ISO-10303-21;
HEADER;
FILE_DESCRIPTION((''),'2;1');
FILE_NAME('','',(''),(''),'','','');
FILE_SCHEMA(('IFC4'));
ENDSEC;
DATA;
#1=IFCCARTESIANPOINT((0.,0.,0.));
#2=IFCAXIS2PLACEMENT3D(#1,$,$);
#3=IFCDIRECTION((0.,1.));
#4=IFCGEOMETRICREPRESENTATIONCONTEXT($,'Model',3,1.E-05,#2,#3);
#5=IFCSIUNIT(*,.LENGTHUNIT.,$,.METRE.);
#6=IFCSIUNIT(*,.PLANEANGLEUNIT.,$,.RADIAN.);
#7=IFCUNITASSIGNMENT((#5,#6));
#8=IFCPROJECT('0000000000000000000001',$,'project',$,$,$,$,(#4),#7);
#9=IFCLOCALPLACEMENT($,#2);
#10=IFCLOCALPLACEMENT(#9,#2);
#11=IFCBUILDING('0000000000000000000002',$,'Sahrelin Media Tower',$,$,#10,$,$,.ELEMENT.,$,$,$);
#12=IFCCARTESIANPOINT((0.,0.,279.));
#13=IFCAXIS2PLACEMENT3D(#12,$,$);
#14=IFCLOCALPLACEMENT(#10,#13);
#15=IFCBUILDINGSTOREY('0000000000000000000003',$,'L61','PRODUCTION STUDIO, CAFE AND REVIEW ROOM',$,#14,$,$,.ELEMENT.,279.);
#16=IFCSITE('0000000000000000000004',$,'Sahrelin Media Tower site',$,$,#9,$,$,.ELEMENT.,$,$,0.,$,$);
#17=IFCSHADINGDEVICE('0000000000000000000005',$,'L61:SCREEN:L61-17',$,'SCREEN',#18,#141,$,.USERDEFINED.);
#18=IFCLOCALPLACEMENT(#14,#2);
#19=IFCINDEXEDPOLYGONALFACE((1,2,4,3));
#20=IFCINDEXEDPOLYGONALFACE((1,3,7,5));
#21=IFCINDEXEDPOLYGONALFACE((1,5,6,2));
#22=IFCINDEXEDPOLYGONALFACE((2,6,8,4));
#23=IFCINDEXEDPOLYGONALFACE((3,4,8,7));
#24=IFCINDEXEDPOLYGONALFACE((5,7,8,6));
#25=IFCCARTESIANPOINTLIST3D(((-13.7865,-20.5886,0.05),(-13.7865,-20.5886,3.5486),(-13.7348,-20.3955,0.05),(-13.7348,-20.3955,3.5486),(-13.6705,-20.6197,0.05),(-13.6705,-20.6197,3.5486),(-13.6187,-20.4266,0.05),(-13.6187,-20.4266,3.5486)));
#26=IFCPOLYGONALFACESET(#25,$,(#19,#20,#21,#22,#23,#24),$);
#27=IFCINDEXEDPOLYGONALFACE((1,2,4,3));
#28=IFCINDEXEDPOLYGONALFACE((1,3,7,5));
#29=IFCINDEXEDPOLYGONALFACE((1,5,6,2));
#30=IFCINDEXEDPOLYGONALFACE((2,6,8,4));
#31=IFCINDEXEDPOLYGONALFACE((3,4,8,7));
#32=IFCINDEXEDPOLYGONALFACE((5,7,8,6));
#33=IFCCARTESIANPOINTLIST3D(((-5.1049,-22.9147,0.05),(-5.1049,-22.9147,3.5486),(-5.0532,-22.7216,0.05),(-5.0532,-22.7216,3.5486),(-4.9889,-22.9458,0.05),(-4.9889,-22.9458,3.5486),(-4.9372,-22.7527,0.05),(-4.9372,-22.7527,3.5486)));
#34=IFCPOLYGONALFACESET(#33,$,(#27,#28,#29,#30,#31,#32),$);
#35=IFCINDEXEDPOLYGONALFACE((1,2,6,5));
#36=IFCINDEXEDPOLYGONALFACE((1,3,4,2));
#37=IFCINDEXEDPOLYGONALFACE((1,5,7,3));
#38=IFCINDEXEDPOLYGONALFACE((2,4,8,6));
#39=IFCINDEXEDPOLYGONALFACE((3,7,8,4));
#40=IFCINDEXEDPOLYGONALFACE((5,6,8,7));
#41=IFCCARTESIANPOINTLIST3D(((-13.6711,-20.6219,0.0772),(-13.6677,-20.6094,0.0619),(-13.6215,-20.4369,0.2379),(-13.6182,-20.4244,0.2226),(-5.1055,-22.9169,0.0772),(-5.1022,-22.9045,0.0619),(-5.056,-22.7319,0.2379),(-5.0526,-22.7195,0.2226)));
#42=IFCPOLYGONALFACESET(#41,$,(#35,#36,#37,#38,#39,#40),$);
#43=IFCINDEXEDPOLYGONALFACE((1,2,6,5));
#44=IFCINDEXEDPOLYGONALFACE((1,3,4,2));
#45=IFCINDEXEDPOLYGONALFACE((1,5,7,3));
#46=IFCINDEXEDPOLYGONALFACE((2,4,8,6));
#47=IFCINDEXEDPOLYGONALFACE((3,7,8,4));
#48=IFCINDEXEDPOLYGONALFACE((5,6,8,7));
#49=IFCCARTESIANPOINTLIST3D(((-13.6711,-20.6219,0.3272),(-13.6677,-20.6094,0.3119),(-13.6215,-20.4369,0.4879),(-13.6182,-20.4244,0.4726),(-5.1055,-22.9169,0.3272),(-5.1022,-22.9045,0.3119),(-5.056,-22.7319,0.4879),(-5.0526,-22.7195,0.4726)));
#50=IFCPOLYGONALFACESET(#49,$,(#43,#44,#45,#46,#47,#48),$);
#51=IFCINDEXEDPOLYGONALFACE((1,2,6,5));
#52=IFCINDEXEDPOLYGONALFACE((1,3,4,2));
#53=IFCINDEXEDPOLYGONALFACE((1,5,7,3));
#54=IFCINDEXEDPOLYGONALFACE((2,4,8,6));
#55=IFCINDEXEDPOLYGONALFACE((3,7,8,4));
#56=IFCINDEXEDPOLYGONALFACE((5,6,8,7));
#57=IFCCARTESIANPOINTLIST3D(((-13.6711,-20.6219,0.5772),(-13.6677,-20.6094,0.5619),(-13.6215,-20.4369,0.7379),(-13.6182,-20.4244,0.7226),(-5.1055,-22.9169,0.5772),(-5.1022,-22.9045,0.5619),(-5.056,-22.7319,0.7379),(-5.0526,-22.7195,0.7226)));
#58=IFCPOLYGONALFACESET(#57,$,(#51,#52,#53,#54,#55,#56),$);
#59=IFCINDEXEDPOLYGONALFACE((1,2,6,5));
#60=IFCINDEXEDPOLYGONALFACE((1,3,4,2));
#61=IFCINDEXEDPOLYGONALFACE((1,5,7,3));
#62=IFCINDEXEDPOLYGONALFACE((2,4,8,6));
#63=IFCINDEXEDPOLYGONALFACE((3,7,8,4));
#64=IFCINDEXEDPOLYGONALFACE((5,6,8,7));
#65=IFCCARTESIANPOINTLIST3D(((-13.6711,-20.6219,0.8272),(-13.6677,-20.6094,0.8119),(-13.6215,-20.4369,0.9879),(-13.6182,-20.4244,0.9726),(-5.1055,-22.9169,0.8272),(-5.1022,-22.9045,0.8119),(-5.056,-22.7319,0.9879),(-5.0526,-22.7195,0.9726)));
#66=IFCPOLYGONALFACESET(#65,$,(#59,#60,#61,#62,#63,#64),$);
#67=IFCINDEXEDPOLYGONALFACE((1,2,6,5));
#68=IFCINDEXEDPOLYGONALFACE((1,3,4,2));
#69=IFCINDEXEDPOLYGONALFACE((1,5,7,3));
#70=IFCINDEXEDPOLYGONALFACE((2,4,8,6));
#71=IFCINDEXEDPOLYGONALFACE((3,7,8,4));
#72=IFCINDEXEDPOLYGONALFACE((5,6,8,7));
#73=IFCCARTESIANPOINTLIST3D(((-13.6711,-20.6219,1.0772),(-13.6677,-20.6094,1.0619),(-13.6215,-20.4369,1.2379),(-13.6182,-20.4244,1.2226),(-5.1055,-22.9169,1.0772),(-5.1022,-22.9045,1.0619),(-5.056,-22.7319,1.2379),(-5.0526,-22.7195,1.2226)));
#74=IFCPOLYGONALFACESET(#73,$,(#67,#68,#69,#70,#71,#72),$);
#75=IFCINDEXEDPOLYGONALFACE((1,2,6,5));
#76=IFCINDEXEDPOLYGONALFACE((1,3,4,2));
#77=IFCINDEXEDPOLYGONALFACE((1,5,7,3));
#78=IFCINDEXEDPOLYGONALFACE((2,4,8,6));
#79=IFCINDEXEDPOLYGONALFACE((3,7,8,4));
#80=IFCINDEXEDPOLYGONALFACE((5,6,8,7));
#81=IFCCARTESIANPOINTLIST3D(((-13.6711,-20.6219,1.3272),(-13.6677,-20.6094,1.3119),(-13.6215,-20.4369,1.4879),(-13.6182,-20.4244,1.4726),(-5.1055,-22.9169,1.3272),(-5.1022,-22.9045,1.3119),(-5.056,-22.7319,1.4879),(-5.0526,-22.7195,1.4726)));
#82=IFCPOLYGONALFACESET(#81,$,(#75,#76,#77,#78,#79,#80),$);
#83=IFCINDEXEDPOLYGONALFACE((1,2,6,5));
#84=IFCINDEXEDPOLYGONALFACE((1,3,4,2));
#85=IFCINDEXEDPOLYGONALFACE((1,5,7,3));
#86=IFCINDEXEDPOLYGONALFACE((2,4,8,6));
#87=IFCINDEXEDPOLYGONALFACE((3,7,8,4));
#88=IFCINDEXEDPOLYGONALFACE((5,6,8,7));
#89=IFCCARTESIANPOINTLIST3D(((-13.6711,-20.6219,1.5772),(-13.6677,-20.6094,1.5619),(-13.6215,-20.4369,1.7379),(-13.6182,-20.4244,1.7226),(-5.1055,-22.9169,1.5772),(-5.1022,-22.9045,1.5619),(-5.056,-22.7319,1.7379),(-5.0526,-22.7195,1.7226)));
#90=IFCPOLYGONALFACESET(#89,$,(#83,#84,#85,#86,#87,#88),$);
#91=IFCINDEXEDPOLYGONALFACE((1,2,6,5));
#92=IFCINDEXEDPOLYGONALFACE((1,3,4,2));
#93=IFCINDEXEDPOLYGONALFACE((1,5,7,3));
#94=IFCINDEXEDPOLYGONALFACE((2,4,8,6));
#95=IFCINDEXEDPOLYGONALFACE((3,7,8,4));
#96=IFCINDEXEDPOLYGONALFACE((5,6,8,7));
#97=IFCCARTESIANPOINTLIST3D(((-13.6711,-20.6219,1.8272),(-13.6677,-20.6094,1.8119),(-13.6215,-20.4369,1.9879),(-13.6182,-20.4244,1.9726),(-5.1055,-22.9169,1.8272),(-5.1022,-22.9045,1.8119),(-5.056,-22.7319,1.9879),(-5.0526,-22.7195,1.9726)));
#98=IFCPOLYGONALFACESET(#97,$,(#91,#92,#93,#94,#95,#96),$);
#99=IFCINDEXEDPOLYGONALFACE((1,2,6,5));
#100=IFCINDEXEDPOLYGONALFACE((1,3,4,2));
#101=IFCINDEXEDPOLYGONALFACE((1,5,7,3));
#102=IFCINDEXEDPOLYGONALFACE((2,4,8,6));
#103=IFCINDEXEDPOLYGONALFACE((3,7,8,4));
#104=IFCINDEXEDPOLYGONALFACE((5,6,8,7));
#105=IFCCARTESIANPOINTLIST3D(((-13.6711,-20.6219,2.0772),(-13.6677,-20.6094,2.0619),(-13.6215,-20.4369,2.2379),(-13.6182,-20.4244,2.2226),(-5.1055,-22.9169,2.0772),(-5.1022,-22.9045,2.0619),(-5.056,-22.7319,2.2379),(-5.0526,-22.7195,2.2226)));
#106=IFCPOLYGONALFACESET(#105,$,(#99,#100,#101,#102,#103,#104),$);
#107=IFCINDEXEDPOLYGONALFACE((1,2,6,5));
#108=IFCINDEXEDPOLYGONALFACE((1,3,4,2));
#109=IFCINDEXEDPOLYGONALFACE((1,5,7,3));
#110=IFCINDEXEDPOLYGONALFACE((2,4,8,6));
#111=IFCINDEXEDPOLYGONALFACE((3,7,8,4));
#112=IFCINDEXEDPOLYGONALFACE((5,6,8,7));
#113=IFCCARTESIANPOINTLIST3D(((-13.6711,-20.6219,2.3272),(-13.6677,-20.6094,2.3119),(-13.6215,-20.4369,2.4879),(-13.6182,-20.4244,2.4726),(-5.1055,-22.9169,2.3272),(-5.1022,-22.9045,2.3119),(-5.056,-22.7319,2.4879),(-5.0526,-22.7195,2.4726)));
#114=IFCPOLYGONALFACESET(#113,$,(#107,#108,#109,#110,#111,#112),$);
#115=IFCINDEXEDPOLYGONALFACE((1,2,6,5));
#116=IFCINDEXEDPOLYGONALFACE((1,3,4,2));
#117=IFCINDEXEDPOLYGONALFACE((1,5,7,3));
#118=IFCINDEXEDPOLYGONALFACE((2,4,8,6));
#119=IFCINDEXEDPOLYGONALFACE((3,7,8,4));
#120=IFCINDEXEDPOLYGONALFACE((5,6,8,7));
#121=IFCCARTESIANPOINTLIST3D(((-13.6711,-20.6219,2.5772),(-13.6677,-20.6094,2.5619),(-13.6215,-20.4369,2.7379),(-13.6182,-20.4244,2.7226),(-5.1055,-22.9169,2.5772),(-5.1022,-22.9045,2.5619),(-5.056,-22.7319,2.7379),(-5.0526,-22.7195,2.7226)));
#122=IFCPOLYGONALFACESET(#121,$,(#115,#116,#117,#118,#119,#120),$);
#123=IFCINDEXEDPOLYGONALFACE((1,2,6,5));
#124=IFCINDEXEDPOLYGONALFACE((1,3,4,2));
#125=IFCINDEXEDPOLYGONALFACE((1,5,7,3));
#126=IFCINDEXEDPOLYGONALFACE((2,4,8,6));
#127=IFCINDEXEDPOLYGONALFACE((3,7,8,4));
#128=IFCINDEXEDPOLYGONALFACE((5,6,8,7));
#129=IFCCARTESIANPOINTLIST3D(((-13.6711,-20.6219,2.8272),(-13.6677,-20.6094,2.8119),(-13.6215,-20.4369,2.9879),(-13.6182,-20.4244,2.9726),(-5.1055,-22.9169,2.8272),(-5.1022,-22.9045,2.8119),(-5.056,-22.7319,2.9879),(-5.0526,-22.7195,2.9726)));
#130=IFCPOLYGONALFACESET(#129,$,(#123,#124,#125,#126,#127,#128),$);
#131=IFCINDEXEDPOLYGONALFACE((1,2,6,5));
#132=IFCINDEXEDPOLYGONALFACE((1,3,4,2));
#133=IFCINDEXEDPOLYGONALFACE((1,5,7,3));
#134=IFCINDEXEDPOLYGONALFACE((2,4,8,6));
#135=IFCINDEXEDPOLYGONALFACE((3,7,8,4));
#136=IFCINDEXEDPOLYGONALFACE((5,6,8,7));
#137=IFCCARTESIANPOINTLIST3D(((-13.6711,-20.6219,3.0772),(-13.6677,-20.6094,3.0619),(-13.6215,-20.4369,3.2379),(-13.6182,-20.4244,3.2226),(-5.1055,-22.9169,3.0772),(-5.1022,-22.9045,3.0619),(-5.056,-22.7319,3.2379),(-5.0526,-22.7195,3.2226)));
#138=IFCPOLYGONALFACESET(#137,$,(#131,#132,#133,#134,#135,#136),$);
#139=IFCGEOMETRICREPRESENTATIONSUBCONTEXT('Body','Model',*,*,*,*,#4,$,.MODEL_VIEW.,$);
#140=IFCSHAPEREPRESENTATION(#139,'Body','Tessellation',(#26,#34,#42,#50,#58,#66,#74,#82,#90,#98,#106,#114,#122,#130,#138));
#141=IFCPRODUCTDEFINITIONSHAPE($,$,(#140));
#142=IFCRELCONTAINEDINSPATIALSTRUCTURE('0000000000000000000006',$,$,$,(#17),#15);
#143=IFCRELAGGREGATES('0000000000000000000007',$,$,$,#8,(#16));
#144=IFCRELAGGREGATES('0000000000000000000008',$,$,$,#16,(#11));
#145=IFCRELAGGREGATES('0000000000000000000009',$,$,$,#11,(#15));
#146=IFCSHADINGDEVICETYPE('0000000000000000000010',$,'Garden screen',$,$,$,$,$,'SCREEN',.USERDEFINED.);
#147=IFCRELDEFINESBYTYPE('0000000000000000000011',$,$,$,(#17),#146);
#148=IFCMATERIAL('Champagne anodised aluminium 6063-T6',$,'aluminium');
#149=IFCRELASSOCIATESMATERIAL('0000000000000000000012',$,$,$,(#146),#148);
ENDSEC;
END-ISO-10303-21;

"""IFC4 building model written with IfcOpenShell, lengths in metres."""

from ifc_helpers import new_model, si_unit, direction, frame, origin, origin_2d, place, context, subcontext, project, spatial, rectangle, extrude, material, type_object, element, save


model = new_model("IFC4")

# Units and contexts
model_context = context("Model", 3, precision=1e-05, world=origin(), true_north=direction((0.0, 1.0)))
body_context = subcontext(model_context, "Body", "Model", "MODEL_VIEW")
ifc_project = project(units=[si_unit("LENGTHUNIT", "METRE"), si_unit("PLANEANGLEUNIT", "RADIAN")], contexts=[model_context])

# Site, building, storey
site_placement = place(None, origin())
site = spatial("IfcSite", under=ifc_project, at=site_placement, Name="Sahrelin Media Tower site", CompositionType="ELEMENT", RefElevation=0.0)
building_placement = place(site_placement, origin())
building = spatial("IfcBuilding", under=site, at=building_placement, Name="Sahrelin Media Tower", CompositionType="ELEMENT")
storey_placement = place(building_placement, frame((0.0, 0.0, 279.0)))
storey = spatial("IfcBuildingStorey", under=building, at=storey_placement, Name="L61", Description="PRODUCTION STUDIO, CAFE AND REVIEW ROOM", CompositionType="ELEMENT", Elevation=279.0)

# Shading device
ifc_material_1 = material(Name="Champagne anodised aluminium 6063-T6", Category="aluminium")
shading_device_type = type_object("IfcShadingDeviceType", Name="Garden screen", ElementType="SCREEN", PredefinedType="USERDEFINED", material=ifc_material_1)
shading_device_1_placement = place(storey_placement, frame((-9.3359, -21.574, 0.0), z_axis=(0.0, 0.0, 1.0), x_axis=(-0.965929, 0.258808, 0.0)))
element("IfcShadingDevice", 1, at=shading_device_1_placement, inside=storey, type_object=shading_device_type, Name="L61:SCREEN:L61-17", ObjectType="SCREEN", PredefinedType="USERDEFINED", context=body_context, shape_type="SweptSolid", body=[
    extrude(rectangle(XDim=0.1201, YDim=0.2, at=origin_2d()), frame((4.4939, 0.1001, 0.05), z_axis=(0.0, 0.0, 1.0), x_axis=(1.0, 0.0, 0.0)), (0.0, 0.0, 1.0), 3.4985),
    extrude(rectangle(XDim=0.1201, YDim=0.2, at=origin_2d()), frame((-4.4939, 0.1001, 0.05), z_axis=(0.0, 0.0, 1.0), x_axis=(1.0, 0.0, 0.0)), (0.0, 0.0, 1.0), 3.4985),
    extrude(rectangle(XDim=0.25, YDim=0.02, at=origin_2d()), frame((4.4338, 0.1001, 0.1499), z_axis=(-1.0, 0.0, 0.0), x_axis=(0.0, -0.766044, 0.642788)), (0.0, 0.0, 1.0), 8.8677),
    extrude(rectangle(XDim=0.25, YDim=0.02, at=origin_2d()), frame((4.4338, 0.1001, 0.3999), z_axis=(-1.0, 0.0, 0.0), x_axis=(0.0, -0.766044, 0.642788)), (0.0, 0.0, 1.0), 8.8677),
    extrude(rectangle(XDim=0.25, YDim=0.02, at=origin_2d()), frame((4.4338, 0.1001, 0.6499), z_axis=(-1.0, 0.0, 0.0), x_axis=(0.0, -0.766044, 0.642788)), (0.0, 0.0, 1.0), 8.8677),
    extrude(rectangle(XDim=0.25, YDim=0.02, at=origin_2d()), frame((4.4338, 0.1001, 0.8999), z_axis=(-1.0, 0.0, 0.0), x_axis=(0.0, -0.766044, 0.642788)), (0.0, 0.0, 1.0), 8.8677),
    extrude(rectangle(XDim=0.25, YDim=0.02, at=origin_2d()), frame((4.4338, 0.1001, 1.1499), z_axis=(-1.0, 0.0, 0.0), x_axis=(0.0, -0.766044, 0.642788)), (0.0, 0.0, 1.0), 8.8677),
    extrude(rectangle(XDim=0.25, YDim=0.02, at=origin_2d()), frame((4.4338, 0.1001, 1.3999), z_axis=(-1.0, 0.0, 0.0), x_axis=(0.0, -0.766044, 0.642788)), (0.0, 0.0, 1.0), 8.8677),
    extrude(rectangle(XDim=0.25, YDim=0.02, at=origin_2d()), frame((4.4338, 0.1001, 1.6499), z_axis=(-1.0, 0.0, 0.0), x_axis=(0.0, -0.766044, 0.642788)), (0.0, 0.0, 1.0), 8.8677),
    extrude(rectangle(XDim=0.25, YDim=0.02, at=origin_2d()), frame((4.4338, 0.1001, 1.8999), z_axis=(-1.0, 0.0, 0.0), x_axis=(0.0, -0.766044, 0.642788)), (0.0, 0.0, 1.0), 8.8677),
    extrude(rectangle(XDim=0.25, YDim=0.02, at=origin_2d()), frame((4.4338, 0.1001, 2.1499), z_axis=(-1.0, 0.0, 0.0), x_axis=(0.0, -0.766044, 0.642788)), (0.0, 0.0, 1.0), 8.8677),
    extrude(rectangle(XDim=0.25, YDim=0.02, at=origin_2d()), frame((4.4338, 0.1001, 2.3999), z_axis=(-1.0, 0.0, 0.0), x_axis=(0.0, -0.766044, 0.642788)), (0.0, 0.0, 1.0), 8.8677),
    extrude(rectangle(XDim=0.25, YDim=0.02, at=origin_2d()), frame((4.4338, 0.1001, 2.6499), z_axis=(-1.0, 0.0, 0.0), x_axis=(0.0, -0.766044, 0.642788)), (0.0, 0.0, 1.0), 8.8677),
    extrude(rectangle(XDim=0.25, YDim=0.02, at=origin_2d()), frame((4.4338, 0.1001, 2.8999), z_axis=(-1.0, 0.0, 0.0), x_axis=(0.0, -0.766044, 0.642788)), (0.0, 0.0, 1.0), 8.8677),
    extrude(rectangle(XDim=0.25, YDim=0.02, at=origin_2d()), frame((4.4338, 0.1001, 3.1499), z_axis=(-1.0, 0.0, 0.0), x_axis=(0.0, -0.766044, 0.642788)), (0.0, 0.0, 1.0), 8.8677),
])

save(model, "model.ifc")
